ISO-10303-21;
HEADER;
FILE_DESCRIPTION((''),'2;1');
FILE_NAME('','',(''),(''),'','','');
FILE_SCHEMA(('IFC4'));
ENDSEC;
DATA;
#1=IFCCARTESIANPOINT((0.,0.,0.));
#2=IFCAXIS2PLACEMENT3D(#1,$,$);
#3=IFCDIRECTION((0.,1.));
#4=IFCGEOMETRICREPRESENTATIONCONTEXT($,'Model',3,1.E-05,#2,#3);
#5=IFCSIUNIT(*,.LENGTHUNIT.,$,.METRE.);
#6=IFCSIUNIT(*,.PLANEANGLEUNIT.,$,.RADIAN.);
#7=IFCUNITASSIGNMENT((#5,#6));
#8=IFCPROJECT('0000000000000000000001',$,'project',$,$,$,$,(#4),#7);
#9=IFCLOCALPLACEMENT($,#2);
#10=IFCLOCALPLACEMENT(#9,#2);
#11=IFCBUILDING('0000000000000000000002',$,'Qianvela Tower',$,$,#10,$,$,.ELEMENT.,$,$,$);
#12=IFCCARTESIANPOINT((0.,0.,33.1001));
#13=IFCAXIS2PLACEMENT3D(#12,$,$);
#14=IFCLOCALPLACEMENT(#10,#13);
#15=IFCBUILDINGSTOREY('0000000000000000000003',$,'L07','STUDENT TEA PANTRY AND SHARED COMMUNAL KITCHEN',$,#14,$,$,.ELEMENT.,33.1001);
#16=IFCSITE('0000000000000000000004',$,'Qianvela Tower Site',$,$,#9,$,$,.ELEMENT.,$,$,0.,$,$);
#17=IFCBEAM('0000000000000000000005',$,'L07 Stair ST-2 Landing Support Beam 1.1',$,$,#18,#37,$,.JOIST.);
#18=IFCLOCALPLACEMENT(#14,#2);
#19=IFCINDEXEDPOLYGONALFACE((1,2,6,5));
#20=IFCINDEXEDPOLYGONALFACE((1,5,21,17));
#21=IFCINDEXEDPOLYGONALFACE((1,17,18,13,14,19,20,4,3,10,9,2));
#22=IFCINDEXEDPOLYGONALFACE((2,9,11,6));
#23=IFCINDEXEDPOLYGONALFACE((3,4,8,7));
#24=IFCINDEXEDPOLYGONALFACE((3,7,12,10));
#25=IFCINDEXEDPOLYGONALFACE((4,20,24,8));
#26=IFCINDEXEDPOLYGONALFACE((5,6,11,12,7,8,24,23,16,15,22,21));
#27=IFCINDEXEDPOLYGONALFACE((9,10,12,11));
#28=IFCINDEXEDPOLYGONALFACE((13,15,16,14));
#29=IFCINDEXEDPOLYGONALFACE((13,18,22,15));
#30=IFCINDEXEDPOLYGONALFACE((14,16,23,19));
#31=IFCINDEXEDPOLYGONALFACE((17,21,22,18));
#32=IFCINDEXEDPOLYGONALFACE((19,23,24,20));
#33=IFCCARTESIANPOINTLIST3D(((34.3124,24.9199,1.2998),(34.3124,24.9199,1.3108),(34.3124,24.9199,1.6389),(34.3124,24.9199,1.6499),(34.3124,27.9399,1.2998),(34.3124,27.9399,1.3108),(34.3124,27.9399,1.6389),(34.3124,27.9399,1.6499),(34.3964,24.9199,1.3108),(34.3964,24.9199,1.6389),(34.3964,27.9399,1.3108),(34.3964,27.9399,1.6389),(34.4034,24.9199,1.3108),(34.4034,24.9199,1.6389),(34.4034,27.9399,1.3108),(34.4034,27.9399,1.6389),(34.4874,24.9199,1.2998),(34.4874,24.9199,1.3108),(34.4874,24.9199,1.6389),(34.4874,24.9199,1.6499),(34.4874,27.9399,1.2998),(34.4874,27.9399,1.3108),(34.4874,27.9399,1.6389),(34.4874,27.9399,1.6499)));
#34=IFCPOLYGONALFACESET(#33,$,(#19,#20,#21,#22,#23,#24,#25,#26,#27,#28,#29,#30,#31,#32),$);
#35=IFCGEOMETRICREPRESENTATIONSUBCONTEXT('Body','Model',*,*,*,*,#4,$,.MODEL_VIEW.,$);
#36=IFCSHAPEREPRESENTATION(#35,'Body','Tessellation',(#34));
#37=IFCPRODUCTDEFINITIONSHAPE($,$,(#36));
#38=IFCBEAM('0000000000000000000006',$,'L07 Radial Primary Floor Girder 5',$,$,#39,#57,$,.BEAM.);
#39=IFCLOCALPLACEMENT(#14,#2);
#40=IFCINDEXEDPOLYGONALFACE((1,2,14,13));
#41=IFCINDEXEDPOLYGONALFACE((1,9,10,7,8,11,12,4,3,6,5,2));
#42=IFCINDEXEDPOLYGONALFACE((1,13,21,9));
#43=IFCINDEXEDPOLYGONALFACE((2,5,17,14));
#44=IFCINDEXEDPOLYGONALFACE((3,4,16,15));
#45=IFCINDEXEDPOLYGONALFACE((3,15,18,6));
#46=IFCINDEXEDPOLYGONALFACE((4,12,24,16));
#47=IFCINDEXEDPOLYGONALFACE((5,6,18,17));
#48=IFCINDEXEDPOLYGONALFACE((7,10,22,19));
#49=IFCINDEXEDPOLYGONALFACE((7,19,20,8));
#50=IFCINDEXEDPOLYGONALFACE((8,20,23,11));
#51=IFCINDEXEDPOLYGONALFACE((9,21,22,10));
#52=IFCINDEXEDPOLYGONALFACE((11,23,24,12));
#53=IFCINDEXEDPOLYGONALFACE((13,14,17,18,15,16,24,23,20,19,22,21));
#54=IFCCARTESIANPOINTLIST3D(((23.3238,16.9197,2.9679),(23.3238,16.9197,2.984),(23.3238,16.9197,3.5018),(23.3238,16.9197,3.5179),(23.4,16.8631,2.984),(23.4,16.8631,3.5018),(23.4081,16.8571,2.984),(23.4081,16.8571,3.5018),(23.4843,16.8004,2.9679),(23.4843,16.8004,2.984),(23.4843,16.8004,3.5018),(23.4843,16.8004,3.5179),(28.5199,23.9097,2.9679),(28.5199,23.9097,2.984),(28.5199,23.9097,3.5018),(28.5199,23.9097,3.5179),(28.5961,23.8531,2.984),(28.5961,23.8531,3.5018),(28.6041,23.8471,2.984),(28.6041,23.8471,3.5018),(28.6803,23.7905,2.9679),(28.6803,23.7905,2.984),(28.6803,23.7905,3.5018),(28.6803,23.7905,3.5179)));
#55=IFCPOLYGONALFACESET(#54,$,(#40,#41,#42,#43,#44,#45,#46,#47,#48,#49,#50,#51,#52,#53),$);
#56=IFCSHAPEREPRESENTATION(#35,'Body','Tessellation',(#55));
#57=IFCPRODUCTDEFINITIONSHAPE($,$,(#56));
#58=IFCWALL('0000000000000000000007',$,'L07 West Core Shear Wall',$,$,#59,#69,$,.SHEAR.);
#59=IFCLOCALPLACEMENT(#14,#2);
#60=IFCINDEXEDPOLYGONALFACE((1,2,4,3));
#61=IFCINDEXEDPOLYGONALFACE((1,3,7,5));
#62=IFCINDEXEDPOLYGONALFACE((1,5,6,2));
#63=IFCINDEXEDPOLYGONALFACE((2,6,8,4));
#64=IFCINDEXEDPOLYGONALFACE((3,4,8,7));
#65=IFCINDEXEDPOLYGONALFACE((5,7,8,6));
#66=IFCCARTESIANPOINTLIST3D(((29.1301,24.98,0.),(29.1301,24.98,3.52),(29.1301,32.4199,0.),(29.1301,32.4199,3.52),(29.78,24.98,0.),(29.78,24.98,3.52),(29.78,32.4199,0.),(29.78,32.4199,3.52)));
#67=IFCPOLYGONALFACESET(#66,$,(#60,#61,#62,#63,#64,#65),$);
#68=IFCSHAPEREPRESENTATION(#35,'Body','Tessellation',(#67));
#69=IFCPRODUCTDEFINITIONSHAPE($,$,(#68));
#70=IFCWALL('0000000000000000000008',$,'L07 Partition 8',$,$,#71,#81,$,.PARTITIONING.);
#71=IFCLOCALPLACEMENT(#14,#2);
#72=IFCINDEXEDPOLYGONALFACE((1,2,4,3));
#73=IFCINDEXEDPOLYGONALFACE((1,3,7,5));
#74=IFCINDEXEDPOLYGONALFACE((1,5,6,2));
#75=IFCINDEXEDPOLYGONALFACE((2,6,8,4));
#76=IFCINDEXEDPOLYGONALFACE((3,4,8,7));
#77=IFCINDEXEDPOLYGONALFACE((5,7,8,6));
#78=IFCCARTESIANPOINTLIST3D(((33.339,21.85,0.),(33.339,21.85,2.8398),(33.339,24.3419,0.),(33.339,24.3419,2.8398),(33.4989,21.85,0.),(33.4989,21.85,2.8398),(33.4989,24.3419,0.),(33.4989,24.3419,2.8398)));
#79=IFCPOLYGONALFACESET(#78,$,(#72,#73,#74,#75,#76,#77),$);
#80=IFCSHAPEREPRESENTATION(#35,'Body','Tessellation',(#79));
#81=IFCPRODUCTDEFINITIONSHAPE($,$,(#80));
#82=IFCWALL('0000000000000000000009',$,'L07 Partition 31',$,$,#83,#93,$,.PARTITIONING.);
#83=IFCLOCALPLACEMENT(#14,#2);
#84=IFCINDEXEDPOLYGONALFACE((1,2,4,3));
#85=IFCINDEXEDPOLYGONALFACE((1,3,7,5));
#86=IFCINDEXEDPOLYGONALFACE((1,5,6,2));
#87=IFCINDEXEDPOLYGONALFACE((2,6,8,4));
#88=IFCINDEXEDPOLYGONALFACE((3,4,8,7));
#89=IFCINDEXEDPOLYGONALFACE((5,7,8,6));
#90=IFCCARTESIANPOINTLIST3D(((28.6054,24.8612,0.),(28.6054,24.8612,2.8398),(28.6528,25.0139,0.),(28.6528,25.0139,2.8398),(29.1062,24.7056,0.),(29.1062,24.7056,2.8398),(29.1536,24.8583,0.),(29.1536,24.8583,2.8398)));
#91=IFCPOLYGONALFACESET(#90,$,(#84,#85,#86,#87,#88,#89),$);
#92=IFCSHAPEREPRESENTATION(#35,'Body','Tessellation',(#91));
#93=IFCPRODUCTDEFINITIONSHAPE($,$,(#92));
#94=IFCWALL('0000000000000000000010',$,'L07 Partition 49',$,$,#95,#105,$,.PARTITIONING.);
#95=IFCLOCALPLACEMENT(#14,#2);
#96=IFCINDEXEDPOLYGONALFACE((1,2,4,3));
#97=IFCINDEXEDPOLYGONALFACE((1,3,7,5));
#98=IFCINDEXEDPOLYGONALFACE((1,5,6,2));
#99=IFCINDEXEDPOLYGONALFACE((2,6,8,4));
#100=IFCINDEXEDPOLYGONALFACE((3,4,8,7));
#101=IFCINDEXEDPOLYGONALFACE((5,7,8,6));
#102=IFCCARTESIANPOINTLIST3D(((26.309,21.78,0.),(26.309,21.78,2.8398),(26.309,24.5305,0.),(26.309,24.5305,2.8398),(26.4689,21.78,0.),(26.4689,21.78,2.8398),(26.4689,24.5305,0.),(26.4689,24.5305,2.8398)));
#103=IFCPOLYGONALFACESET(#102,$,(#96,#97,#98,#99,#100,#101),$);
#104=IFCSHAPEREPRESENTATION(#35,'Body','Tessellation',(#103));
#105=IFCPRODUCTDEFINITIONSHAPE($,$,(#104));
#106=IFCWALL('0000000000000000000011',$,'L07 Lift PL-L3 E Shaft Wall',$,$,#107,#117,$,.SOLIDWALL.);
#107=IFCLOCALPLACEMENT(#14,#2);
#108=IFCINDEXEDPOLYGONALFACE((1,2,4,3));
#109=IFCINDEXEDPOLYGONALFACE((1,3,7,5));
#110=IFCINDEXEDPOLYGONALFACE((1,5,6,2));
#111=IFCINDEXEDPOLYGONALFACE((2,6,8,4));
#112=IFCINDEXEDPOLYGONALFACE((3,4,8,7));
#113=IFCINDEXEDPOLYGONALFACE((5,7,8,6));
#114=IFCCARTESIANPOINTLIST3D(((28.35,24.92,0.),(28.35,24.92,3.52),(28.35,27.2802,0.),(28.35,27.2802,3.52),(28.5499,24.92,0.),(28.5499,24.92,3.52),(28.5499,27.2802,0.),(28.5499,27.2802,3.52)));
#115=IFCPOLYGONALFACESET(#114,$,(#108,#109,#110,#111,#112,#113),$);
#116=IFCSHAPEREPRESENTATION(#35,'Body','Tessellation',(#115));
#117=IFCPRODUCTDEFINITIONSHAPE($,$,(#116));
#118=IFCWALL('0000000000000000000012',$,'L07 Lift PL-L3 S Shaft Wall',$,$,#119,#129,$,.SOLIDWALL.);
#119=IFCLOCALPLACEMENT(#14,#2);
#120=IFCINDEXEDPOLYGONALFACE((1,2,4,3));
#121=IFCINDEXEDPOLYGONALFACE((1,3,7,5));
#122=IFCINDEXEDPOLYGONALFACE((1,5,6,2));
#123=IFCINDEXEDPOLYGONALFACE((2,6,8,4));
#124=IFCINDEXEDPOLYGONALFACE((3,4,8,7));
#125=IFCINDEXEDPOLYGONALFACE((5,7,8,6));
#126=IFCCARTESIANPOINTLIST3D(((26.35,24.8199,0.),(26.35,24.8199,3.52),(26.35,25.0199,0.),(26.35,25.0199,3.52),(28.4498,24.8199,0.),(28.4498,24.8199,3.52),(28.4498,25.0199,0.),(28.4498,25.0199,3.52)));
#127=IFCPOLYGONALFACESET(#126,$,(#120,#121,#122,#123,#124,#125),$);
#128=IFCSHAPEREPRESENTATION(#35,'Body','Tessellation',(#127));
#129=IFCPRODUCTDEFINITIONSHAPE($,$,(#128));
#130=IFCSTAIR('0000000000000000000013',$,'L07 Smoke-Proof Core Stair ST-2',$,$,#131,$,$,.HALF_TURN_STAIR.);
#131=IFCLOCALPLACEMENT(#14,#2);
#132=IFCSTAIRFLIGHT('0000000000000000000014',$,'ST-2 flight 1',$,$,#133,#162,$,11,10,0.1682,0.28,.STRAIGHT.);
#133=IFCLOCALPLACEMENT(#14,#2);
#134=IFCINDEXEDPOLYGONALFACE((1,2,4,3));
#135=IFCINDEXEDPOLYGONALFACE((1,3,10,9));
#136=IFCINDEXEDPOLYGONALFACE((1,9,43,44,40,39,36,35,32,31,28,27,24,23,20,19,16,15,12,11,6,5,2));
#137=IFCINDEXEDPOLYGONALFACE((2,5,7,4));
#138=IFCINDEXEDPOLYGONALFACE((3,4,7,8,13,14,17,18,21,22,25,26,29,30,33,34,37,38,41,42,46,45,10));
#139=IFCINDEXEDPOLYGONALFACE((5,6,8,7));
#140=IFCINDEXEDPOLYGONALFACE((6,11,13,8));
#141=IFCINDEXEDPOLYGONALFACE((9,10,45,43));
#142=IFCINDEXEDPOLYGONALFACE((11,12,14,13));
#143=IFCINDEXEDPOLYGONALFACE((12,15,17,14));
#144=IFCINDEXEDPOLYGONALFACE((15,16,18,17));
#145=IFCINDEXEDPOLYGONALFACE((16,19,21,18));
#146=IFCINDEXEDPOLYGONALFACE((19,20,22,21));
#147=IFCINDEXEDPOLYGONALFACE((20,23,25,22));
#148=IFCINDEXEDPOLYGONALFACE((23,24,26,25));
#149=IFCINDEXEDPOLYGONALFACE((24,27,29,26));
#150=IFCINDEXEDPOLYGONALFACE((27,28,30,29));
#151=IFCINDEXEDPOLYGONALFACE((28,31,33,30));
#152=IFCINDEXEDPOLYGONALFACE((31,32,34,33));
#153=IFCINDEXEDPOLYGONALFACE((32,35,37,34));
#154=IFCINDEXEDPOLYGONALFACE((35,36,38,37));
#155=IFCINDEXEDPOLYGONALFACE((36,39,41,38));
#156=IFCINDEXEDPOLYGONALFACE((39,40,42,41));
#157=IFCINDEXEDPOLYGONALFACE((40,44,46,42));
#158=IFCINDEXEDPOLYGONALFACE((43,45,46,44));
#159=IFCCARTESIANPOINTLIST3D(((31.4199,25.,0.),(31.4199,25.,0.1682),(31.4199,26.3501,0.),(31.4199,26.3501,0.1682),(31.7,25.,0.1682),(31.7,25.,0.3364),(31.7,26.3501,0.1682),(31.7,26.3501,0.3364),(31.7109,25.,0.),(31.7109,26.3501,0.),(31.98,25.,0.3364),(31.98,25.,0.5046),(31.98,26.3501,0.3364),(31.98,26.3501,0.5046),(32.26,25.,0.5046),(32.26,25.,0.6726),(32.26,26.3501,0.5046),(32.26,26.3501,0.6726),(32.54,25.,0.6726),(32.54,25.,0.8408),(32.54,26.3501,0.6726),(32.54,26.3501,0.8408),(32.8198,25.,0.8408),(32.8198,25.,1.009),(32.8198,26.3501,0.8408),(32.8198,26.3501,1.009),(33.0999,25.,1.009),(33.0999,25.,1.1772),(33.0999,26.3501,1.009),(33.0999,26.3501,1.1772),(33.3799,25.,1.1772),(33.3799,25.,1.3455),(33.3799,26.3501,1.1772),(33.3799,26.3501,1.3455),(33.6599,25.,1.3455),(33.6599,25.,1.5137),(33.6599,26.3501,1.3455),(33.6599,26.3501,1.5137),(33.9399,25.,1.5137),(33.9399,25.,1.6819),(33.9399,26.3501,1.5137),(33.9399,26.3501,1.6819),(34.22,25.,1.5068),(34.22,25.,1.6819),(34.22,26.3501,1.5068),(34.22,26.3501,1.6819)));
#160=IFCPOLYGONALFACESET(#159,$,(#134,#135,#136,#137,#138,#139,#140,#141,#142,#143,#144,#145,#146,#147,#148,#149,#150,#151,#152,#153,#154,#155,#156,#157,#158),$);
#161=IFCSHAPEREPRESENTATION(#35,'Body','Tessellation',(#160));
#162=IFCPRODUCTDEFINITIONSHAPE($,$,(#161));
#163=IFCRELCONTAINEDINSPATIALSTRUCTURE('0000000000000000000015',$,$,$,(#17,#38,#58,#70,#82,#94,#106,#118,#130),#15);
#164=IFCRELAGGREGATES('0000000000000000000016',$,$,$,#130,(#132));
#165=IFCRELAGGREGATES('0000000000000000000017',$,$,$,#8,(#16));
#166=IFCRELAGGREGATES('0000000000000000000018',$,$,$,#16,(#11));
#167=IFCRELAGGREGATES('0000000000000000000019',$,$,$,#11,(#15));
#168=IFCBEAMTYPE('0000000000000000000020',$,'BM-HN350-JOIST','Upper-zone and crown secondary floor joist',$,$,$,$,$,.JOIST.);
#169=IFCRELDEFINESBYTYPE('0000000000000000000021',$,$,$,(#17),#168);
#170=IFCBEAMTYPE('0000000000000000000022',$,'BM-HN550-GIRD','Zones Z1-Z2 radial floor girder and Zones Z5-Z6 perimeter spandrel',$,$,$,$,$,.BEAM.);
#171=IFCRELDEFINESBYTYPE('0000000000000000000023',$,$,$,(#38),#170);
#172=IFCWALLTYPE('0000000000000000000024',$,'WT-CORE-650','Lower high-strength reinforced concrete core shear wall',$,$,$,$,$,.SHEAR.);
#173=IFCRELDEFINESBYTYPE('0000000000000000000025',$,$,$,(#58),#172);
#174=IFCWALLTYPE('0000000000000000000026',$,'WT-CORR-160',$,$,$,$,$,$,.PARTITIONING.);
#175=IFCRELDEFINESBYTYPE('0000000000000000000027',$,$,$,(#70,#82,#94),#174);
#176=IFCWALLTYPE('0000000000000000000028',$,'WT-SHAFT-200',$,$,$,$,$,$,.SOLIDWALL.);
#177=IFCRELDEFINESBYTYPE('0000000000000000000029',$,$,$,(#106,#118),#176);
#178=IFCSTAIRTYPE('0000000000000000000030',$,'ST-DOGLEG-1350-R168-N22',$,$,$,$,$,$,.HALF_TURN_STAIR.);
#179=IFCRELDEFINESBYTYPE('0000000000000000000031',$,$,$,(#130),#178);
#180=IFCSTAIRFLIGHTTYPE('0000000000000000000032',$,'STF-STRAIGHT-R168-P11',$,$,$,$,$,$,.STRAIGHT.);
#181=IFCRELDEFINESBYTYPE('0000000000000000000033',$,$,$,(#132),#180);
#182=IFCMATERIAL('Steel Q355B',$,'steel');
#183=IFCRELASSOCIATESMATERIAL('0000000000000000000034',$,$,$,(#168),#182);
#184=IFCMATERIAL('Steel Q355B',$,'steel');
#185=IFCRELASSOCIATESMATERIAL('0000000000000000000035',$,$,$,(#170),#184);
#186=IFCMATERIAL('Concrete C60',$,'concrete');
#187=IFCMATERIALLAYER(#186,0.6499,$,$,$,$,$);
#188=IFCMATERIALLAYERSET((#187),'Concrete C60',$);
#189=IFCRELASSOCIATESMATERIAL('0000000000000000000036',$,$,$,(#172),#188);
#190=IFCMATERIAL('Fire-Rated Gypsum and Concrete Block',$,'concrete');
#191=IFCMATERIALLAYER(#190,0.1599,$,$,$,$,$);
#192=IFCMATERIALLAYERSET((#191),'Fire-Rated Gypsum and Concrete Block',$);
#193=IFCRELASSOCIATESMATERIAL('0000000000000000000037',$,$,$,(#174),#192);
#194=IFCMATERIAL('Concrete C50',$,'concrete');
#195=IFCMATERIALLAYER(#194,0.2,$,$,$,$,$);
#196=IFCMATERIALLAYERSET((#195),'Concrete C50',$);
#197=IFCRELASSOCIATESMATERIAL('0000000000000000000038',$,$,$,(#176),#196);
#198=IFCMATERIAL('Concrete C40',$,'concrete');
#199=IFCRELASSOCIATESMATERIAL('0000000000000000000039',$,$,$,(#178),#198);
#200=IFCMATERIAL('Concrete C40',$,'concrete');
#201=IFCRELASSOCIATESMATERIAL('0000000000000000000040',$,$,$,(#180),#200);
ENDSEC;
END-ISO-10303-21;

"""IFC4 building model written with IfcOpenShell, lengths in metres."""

from ifc_helpers import new_model, si_unit, direction, frame, frame_2d, origin, origin_2d, place, context, subcontext, project, spatial, polyline, rectangle, i_section, outline, extrude, material, layer, layer_set, material_profile, profile_set, type_object, element, aggregate, save


model = new_model("IFC4")

# Units and contexts
model_context = context("Model", 3, precision=1e-05, world=origin(), true_north=direction((0.0, 1.0)))
body_context = subcontext(model_context, "Body", "Model", "MODEL_VIEW")
ifc_project = project(units=[si_unit("LENGTHUNIT", "METRE"), si_unit("PLANEANGLEUNIT", "RADIAN")], contexts=[model_context])

# Site, building, storey
site_placement = place(None, origin())
site = spatial("IfcSite", under=ifc_project, at=site_placement, Name="Qianvela Tower Site", CompositionType="ELEMENT", RefElevation=0.0)
building_placement = place(site_placement, origin())
building = spatial("IfcBuilding", under=site, at=building_placement, Name="Qianvela Tower", CompositionType="ELEMENT")
storey_placement = place(building_placement, frame((0.0, 0.0, 33.1001)))
storey = spatial("IfcBuildingStorey", under=building, at=storey_placement, Name="L07", Description="STUDENT TEA PANTRY AND SHARED COMMUNAL KITCHEN", CompositionType="ELEMENT", Elevation=33.1001)

# Beams
ifc_material_1 = material(Name="Steel Q355B", Category="steel")
ifc_material_profile_1 = material_profile(ifc_material_1, i_section(OverallWidth=0.175, OverallDepth=0.3501, WebThickness=0.0071, FlangeThickness=0.011, at=origin_2d()), Name="HN350x175x7x11")
ifc_profile_set_1 = profile_set([ifc_material_profile_1], Name="Steel Q355B")
beam_type_1 = type_object("IfcBeamType", Name="BM-HN350-JOIST", Description="Upper-zone and crown secondary floor joist", PredefinedType="JOIST", material=ifc_profile_set_1)
beam_1_placement = place(storey_placement, frame((34.3999, 24.9199, 1.4749), z_axis=(0.0, 1.0, 0.0), x_axis=(-1.0, 0.0, 0.0)))
element("IfcBeam", 1, at=beam_1_placement, inside=storey, type_object=beam_type_1, Name="L07 Stair ST-2 Landing Support Beam 1.1", PredefinedType="JOIST", context=body_context, shape_type="SweptSolid", body=[
    extrude(i_section(OverallWidth=0.175, OverallDepth=0.3501, WebThickness=0.0071, FlangeThickness=0.011, at=origin_2d()), origin(), (0.0, 0.0, 1.0), 3.02),
])
ifc_material_2 = material(Name="Steel Q355B", Category="steel")
ifc_material_profile_2 = material_profile(ifc_material_2, i_section(OverallWidth=0.2, OverallDepth=0.55, WebThickness=0.01, FlangeThickness=0.0161, at=origin_2d()), Name="HN550x200x10x16")
ifc_profile_set_2 = profile_set([ifc_material_profile_2], Name="Steel Q355B")
beam_type_2 = type_object("IfcBeamType", Name="BM-HN550-GIRD", Description="Zones Z1-Z2 radial floor girder and Zones Z5-Z6 perimeter spandrel", PredefinedType="BEAM", material=ifc_profile_set_2)
beam_2_placement = place(storey_placement, frame((28.6001, 23.8501, 3.2429), z_axis=(-0.596581, -0.802553, 0.0), x_axis=(0.802553, -0.596581, 0.0)))
element("IfcBeam", 2, at=beam_2_placement, inside=storey, type_object=beam_type_2, Name="L07 Radial Primary Floor Girder 5", PredefinedType="BEAM", context=body_context, shape_type="SweptSolid", body=[
    extrude(i_section(OverallWidth=0.2, OverallDepth=0.55, WebThickness=0.01, FlangeThickness=0.0161, at=origin_2d()), origin(), (0.0, 0.0, 1.0), 8.7097),
])

# Shared definitions
ifc_material_3 = material(Name="Concrete C60", Category="concrete")
ifc_layer_1 = layer(ifc_material_3, 0.6499)
ifc_layer_set_1 = layer_set([ifc_layer_1], Name="Concrete C60")
wall_type_1 = type_object("IfcWallType", Name="WT-CORE-650", Description="Lower high-strength reinforced concrete core shear wall", PredefinedType="SHEAR", material=ifc_layer_set_1)

# Walls
wall_1_placement = place(storey_placement, frame((29.4551, 24.98, 0.0), z_axis=(0.0, 0.0, 1.0), x_axis=(0.0, 1.0, 0.0)))
element("IfcWall", 3, at=wall_1_placement, inside=storey, type_object=wall_type_1, Name="L07 West Core Shear Wall", PredefinedType="SHEAR", context=body_context, shape_type="SweptSolid", body=[
    extrude(rectangle(XDim=7.4399, YDim=0.6499, at=frame_2d((3.72, 0.0))), origin(), (0.0, 0.0, 1.0), 3.52),
])
ifc_material_4 = material(Name="Fire-Rated Gypsum and Concrete Block", Category="concrete")
ifc_layer_2 = layer(ifc_material_4, 0.1599)
ifc_layer_set_2 = layer_set([ifc_layer_2], Name="Fire-Rated Gypsum and Concrete Block")
wall_type_2 = type_object("IfcWallType", Name="WT-CORR-160", PredefinedType="PARTITIONING", material=ifc_layer_set_2)
wall_2_placement = place(storey_placement, frame((33.4189, 24.342, 0.0), z_axis=(0.0, 0.0, 1.0), x_axis=(0.0, -1.0, 0.0)))
element("IfcWall", 4, at=wall_2_placement, inside=storey, type_object=wall_type_2, Name="L07 Partition 8", PredefinedType="PARTITIONING", context=body_context, shape_type="SweptSolid", body=[
    extrude(rectangle(XDim=2.4919, YDim=0.1599, at=frame_2d((1.2461, 0.0))), origin(), (0.0, 0.0, 1.0), 2.8398),
])
wall_3_placement = place(storey_placement, frame((29.1299, 24.782, 0.0), z_axis=(0.0, 0.0, 1.0), x_axis=(-0.955, 0.296604, 0.0)))
element("IfcWall", 5, at=wall_3_placement, inside=storey, type_object=wall_type_2, Name="L07 Partition 31", PredefinedType="PARTITIONING", context=body_context, shape_type="SweptSolid", body=[
    extrude(rectangle(XDim=0.5244, YDim=0.1599, at=frame_2d((0.2622, 0.0))), origin(), (0.0, 0.0, 1.0), 2.8398),
])
wall_4_placement = place(storey_placement, frame((26.3889, 24.5305, 0.0), z_axis=(0.0, 0.0, 1.0), x_axis=(0.0, -1.0, 0.0)))
element("IfcWall", 6, at=wall_4_placement, inside=storey, type_object=wall_type_2, Name="L07 Partition 49", PredefinedType="PARTITIONING", context=body_context, shape_type="SweptSolid", body=[
    extrude(rectangle(XDim=2.7505, YDim=0.1599, at=frame_2d((1.3752, 0.0))), origin(), (0.0, 0.0, 1.0), 2.8398),
])
ifc_material_5 = material(Name="Concrete C50", Category="concrete")
ifc_layer_3 = layer(ifc_material_5, 0.2)
ifc_layer_set_3 = layer_set([ifc_layer_3], Name="Concrete C50")
wall_type_3 = type_object("IfcWallType", Name="WT-SHAFT-200", PredefinedType="SOLIDWALL", material=ifc_layer_set_3)
wall_5_placement = place(storey_placement, frame((28.45, 24.9199, 0.0), z_axis=(0.0, 0.0, 1.0), x_axis=(0.0, 1.0, 0.0)))
element("IfcWall", 7, at=wall_5_placement, inside=storey, type_object=wall_type_3, Name="L07 Lift PL-L3 E Shaft Wall", PredefinedType="SOLIDWALL", context=body_context, shape_type="SweptSolid", body=[
    extrude(rectangle(XDim=2.3601, YDim=0.2, at=frame_2d((1.1802, 0.0))), origin(), (0.0, 0.0, 1.0), 3.52),
])

# Wall
wall_6_placement = place(storey_placement, frame((26.3501, 24.9199, 0.0), z_axis=(0.0, 0.0, 1.0), x_axis=(1.0, 0.0, 0.0)))
element("IfcWall", 8, at=wall_6_placement, inside=storey, type_object=wall_type_3, Name="L07 Lift PL-L3 S Shaft Wall", PredefinedType="SOLIDWALL", context=body_context, shape_type="SweptSolid", body=[
    extrude(rectangle(XDim=2.0999, YDim=0.2, at=frame_2d((1.0498, 0.0))), origin(), (0.0, 0.0, 1.0), 3.52),
])

# Stair, stair flight
ifc_material_6 = material(Name="Concrete C40", Category="concrete")
stair_type = type_object("IfcStairType", Name="ST-DOGLEG-1350-R168-N22", PredefinedType="HALF_TURN_STAIR", material=ifc_material_6)
stair_placement = place(storey_placement, origin())
stair = element("IfcStair", 9, at=stair_placement, inside=storey, type_object=stair_type, Name="L07 Smoke-Proof Core Stair ST-2", PredefinedType="HALF_TURN_STAIR")
ifc_material_7 = material(Name="Concrete C40", Category="concrete")
stair_flight_type = type_object("IfcStairFlightType", Name="STF-STRAIGHT-R168-P11", PredefinedType="STRAIGHT", material=ifc_material_7)
stair_flight_placement = place(storey_placement, frame((31.4199, 25.675, 0.0), z_axis=(0.0, 0.0, 1.0), x_axis=(1.0, 0.0, 0.0)))
stair_flight = element("IfcStairFlight", 10, at=stair_flight_placement, type_object=stair_flight_type, Name="ST-2 flight 1", NumberOfRisers=11, NumberOfTreads=10, PredefinedType="STRAIGHT", RiserHeight=0.1682, TreadLength=0.28, context=body_context, shape_type="SweptSolid", body=[
    extrude(outline(polyline([(0.0, 0.0), (0.0, 0.1682), (0.28, 0.1682), (0.28, 0.3364), (0.5601, 0.3364), (0.5601, 0.5046), (0.8401, 0.5046), (0.8401, 0.6726), (1.1201, 0.6726), (1.1201, 0.8408), (1.3999, 0.8408), (1.3999, 1.009), (1.6799, 1.009), (1.6799, 1.1772), (1.96, 1.1772), (1.96, 1.3455), (2.24, 1.3455), (2.24, 1.5137), (2.52, 1.5137), (2.52, 1.6819), (2.8, 1.6819), (2.8, 1.8501), (2.8, 1.5068), (0.291, 0.0), (0.0, 0.0)])), frame((0.0, 0.675, 0.0), z_axis=(0.0, -1.0, 0.0), x_axis=(1.0, 0.0, 0.0)), (0.0, 0.0, 1.0), 1.3501),
])
aggregate(stair, [stair_flight])

save(model, "model.ifc")
